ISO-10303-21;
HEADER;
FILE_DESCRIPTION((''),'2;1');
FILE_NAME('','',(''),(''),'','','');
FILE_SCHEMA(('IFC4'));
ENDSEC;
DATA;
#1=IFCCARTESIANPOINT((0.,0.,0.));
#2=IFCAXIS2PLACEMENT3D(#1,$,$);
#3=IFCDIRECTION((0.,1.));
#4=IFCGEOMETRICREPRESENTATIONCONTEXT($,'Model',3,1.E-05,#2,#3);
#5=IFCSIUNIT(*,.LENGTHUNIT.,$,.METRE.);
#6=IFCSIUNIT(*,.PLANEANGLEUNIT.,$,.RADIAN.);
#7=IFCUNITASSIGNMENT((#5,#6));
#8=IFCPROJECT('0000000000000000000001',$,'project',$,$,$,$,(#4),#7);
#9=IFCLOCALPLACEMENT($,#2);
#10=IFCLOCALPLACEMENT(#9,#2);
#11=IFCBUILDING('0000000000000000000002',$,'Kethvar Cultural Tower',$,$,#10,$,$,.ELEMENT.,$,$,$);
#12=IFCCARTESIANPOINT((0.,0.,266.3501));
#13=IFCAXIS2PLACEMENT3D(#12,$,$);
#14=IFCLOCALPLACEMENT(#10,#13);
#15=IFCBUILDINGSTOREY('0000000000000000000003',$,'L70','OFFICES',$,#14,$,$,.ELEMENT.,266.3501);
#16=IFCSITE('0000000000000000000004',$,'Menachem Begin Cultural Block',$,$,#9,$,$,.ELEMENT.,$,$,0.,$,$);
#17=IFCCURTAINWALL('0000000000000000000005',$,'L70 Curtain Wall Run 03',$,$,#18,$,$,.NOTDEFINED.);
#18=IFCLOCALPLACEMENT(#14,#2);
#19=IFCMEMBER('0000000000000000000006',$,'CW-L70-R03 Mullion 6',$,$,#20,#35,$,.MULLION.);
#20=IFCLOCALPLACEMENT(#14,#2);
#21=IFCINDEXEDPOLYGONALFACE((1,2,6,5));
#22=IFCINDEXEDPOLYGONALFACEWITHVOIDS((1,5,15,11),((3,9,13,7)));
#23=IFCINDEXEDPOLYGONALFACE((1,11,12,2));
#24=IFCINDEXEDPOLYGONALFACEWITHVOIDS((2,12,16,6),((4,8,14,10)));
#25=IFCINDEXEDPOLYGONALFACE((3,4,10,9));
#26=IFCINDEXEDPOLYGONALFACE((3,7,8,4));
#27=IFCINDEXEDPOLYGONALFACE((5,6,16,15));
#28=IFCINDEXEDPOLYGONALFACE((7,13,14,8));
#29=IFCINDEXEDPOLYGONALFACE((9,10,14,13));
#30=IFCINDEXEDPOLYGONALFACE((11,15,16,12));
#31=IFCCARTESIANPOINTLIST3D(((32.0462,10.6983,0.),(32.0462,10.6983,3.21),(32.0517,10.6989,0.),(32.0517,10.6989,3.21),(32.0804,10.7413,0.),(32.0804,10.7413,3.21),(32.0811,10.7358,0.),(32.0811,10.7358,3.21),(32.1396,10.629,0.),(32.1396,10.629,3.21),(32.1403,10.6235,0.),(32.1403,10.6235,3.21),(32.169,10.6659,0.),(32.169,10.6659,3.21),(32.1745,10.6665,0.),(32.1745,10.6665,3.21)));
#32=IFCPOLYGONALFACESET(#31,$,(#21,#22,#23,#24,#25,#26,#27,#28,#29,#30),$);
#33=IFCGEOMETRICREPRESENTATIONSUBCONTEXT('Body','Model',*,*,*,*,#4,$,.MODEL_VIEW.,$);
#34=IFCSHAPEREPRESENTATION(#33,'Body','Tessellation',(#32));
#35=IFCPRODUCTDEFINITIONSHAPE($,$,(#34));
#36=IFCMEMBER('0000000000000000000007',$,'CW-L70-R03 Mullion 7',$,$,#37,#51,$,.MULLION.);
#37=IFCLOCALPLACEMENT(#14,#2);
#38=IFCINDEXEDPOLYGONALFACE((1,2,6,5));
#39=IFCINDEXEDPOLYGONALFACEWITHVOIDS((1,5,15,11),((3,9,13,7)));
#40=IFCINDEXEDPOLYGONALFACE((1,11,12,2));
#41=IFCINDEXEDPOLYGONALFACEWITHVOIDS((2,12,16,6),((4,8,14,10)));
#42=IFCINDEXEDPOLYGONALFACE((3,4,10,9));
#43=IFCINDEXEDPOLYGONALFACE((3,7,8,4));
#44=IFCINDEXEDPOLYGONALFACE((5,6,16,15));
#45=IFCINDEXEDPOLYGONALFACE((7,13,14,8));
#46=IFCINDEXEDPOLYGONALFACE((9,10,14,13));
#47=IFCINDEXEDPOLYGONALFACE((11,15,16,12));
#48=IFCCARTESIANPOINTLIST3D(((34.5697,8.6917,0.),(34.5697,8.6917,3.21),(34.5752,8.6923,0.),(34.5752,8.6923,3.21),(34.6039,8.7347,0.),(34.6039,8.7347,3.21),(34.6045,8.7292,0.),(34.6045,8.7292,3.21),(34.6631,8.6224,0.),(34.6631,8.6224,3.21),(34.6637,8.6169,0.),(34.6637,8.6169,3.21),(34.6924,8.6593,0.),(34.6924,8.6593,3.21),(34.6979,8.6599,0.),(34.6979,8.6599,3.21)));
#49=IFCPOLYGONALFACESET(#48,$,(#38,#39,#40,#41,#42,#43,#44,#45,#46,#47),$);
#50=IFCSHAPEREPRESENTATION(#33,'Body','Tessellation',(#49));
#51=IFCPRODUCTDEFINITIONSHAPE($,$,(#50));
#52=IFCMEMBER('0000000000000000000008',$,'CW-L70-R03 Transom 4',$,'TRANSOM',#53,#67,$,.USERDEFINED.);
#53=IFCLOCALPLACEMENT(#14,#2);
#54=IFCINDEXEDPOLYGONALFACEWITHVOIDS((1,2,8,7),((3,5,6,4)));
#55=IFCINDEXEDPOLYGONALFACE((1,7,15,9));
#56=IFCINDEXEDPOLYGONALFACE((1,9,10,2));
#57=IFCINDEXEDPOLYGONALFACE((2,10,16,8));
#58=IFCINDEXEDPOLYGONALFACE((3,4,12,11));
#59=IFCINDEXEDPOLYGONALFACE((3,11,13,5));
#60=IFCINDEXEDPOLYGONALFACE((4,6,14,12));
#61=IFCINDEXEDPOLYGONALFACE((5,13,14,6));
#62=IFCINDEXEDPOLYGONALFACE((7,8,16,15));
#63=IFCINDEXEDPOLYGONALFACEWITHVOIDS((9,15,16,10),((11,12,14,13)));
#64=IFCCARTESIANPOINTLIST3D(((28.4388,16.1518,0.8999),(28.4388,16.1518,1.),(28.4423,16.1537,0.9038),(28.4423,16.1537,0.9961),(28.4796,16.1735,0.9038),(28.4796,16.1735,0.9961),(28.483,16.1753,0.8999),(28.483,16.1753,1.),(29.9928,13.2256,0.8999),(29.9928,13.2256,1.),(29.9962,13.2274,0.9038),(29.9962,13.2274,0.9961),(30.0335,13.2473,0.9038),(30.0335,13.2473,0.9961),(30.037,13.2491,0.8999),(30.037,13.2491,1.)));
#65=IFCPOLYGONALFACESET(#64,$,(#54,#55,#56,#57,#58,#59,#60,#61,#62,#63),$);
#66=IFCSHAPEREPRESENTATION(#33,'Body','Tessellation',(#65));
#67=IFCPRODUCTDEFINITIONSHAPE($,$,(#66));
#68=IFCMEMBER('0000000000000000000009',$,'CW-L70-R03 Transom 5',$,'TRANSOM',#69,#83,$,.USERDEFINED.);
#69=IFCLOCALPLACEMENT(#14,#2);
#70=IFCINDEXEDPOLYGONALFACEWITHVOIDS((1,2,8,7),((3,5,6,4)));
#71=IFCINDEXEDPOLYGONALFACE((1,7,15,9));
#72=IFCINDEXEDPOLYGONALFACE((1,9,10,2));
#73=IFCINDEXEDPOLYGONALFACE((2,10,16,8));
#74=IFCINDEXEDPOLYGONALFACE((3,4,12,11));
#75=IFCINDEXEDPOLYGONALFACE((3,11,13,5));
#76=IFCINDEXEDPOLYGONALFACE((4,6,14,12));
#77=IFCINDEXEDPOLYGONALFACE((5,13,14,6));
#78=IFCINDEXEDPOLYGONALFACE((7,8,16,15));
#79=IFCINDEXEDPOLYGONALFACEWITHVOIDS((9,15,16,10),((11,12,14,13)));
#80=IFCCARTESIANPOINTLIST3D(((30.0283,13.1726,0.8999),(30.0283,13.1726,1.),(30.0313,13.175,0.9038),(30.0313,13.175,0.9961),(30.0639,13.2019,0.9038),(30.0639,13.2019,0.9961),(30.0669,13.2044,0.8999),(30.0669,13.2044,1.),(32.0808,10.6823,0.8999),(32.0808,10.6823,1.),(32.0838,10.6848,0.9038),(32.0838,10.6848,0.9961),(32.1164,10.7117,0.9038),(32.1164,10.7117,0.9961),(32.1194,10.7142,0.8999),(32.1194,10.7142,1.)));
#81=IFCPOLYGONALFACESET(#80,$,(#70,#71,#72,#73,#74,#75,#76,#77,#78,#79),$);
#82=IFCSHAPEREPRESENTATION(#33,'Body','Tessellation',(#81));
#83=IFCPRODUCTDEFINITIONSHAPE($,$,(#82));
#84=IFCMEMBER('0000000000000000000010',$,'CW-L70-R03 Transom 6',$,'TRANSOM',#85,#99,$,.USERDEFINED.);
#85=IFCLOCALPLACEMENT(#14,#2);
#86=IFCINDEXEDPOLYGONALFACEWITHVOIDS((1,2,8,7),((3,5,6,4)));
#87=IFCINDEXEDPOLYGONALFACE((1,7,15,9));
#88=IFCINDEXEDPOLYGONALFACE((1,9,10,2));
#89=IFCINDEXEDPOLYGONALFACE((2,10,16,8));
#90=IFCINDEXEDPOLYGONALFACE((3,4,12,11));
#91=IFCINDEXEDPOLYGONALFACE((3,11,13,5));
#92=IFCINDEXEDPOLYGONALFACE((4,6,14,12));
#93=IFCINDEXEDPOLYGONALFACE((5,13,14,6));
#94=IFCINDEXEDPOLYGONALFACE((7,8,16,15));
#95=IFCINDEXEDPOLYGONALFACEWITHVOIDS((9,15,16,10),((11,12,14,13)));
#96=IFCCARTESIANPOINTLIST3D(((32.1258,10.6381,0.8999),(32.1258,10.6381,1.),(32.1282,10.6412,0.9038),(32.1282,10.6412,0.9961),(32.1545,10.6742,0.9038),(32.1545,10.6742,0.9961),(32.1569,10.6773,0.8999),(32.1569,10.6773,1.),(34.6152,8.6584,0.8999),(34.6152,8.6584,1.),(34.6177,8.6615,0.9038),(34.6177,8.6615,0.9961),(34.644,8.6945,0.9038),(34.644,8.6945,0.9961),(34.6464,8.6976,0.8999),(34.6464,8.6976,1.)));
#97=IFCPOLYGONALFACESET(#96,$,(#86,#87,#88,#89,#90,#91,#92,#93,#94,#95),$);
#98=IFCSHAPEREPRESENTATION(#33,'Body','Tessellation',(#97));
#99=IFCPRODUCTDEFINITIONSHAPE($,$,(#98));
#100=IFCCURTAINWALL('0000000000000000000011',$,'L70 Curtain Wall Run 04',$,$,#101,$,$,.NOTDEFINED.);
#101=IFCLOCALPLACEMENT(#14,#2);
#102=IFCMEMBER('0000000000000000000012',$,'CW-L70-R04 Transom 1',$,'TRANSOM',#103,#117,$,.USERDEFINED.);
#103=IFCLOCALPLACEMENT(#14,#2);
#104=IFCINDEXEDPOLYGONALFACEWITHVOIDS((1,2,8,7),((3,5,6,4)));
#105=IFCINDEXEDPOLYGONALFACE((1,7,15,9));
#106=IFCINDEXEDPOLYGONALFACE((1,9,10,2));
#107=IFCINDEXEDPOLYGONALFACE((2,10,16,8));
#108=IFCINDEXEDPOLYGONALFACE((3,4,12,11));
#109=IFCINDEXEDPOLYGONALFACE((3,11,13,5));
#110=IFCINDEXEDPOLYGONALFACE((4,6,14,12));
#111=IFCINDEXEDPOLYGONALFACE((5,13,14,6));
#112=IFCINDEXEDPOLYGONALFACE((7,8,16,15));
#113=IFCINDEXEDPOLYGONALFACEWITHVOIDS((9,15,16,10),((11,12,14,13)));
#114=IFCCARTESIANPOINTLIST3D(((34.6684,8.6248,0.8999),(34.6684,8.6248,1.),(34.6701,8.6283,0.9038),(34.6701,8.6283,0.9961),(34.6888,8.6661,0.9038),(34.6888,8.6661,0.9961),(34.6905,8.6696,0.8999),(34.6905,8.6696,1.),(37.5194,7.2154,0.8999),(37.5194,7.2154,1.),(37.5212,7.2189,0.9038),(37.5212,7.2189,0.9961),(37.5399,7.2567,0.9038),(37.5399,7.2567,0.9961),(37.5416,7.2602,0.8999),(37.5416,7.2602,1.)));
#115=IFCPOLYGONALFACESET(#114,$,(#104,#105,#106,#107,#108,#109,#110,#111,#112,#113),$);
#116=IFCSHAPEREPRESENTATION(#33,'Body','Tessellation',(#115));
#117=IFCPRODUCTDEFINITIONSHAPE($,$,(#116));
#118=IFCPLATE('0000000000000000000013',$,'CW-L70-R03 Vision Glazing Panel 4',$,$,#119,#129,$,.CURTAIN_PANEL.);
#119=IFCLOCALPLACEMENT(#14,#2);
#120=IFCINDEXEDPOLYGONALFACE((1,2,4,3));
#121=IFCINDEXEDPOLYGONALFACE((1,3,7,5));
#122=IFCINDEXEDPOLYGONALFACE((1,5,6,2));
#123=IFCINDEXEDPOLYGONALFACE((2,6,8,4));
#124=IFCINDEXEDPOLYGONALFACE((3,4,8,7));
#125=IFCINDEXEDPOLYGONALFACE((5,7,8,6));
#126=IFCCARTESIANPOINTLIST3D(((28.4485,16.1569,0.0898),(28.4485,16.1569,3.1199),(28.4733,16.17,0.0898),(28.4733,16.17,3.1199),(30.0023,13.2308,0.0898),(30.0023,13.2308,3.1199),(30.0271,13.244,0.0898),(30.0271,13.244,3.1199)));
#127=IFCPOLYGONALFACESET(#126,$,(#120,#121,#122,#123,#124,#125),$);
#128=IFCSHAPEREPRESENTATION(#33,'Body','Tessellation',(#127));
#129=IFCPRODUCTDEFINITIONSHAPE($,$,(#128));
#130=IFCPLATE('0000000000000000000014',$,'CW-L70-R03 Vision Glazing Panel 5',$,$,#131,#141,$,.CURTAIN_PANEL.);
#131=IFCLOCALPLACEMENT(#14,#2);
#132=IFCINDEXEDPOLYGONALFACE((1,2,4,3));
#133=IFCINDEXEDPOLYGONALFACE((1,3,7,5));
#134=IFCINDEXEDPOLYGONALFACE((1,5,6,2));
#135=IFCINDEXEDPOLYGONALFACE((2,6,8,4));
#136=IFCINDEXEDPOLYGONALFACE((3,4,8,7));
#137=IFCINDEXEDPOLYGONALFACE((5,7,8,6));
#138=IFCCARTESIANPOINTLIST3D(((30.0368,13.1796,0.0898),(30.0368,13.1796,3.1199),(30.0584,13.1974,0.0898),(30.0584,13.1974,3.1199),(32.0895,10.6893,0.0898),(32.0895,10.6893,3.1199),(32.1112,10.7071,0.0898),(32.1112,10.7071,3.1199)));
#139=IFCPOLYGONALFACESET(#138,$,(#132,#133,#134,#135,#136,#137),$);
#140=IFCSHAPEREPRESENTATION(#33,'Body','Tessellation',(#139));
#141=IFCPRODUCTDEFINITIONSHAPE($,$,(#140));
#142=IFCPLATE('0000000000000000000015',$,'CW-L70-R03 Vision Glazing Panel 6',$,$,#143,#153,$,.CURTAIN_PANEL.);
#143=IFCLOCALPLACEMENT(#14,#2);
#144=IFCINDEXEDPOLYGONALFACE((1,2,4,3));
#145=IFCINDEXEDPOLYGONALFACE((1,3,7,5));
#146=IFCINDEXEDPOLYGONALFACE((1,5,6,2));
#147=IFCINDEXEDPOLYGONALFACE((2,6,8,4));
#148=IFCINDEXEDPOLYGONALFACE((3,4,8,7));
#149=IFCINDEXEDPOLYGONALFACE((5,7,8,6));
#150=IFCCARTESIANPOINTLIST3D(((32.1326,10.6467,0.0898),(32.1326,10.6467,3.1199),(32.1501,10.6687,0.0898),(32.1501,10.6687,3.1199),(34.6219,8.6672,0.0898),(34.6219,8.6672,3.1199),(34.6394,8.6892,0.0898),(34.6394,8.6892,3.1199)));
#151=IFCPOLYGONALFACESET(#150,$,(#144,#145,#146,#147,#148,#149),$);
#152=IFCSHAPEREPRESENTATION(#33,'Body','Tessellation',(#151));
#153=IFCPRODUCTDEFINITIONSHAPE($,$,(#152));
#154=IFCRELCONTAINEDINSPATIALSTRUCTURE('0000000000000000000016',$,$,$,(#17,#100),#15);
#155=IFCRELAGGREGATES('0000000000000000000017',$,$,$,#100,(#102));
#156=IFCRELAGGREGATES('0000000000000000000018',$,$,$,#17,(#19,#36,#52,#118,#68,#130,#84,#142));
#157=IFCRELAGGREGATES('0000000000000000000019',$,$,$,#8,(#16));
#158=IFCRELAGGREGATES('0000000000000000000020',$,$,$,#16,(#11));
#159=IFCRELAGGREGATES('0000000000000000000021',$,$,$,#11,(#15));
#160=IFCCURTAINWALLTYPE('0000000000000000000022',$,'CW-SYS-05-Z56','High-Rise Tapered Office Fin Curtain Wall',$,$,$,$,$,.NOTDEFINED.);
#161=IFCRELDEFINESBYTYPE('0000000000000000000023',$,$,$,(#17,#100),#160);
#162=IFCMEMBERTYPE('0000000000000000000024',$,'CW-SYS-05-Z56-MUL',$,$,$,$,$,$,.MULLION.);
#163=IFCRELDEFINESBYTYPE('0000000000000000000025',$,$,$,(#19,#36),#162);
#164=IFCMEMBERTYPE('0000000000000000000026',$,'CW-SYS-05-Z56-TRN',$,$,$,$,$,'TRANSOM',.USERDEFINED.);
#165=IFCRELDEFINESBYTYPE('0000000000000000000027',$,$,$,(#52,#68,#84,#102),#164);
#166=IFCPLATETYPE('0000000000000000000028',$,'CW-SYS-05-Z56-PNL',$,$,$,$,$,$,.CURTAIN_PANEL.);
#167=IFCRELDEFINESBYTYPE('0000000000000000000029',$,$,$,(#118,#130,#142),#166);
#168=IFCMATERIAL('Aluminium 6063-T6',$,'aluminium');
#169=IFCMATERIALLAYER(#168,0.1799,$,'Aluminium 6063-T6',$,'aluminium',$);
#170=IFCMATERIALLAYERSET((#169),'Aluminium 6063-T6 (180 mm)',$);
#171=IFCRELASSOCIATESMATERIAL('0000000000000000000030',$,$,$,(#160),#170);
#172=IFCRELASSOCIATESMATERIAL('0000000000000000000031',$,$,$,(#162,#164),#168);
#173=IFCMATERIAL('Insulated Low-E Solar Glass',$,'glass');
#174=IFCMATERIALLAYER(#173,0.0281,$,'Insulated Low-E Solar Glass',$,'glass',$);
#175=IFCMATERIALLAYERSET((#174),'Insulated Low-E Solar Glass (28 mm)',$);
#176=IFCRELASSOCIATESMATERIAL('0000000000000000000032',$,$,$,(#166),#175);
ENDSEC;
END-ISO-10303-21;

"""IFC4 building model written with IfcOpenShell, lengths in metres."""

from ifc_helpers import new_model, si_unit, direction, frame, origin, origin_2d, place, context, subcontext, project, spatial, rectangle, hollow_rectangle, extrude, source, transform, mapped, material, layer, layer_set, material_profile, profile_set, type_object, element, aggregate, save


model = new_model("IFC4")

# Units and contexts
model_context = context("Model", 3, precision=1e-05, world=origin(), true_north=direction((0.0, 1.0)))
body_context = subcontext(model_context, "Body", "Model", "MODEL_VIEW")
ifc_project = project(units=[si_unit("LENGTHUNIT", "METRE"), si_unit("PLANEANGLEUNIT", "RADIAN")], contexts=[model_context])

# Site, building, storey
site_placement = place(None, origin())
site = spatial("IfcSite", under=ifc_project, at=site_placement, Name="Menachem Begin Cultural Block", CompositionType="ELEMENT", RefElevation=0.0)
building_placement = place(site_placement, origin())
building = spatial("IfcBuilding", under=site, at=building_placement, Name="Kethvar Cultural Tower", CompositionType="ELEMENT")
storey_placement = place(building_placement, frame((0.0, 0.0, 266.3501)))
storey = spatial("IfcBuildingStorey", under=building, at=storey_placement, Name="L70", Description="OFFICES", CompositionType="ELEMENT", Elevation=266.3501)

# Curtain wall, members
ifc_material_1 = material(Name="Aluminium 6063-T6", Category="aluminium")
ifc_layer_1 = layer(ifc_material_1, 0.1799, Name="Aluminium 6063-T6", Category="aluminium")
ifc_layer_set_1 = layer_set([ifc_layer_1], Name="Aluminium 6063-T6 (180 mm)")
curtain_wall_type = type_object("IfcCurtainWallType", Name="CW-SYS-05-Z56", Description="High-Rise Tapered Office Fin Curtain Wall", PredefinedType="NOTDEFINED", material=ifc_layer_set_1)
curtain_wall_1_placement = place(storey_placement, origin())
curtain_wall_1 = element("IfcCurtainWall", 1, at=curtain_wall_1_placement, inside=storey, type_object=curtain_wall_type, Name="L70 Curtain Wall Run 03", PredefinedType="NOTDEFINED")
ifc_material_profile_1 = material_profile(ifc_material_1, hollow_rectangle(XDim=0.0549, YDim=0.1201, WallThickness=0.0039, at=origin_2d()), Name="Aluminium 6063-T6 — RHS120x55x4")
ifc_profile_set_1 = profile_set([ifc_material_profile_1], Name="Aluminium 6063-T6 — RHS120x55x4")
member_type_1 = type_object("IfcMemberType", Name="CW-SYS-05-Z56-MUL", PredefinedType="MULLION", material=ifc_profile_set_1)
shared_shape_1 = source(origin(), body_context, "Body", "SweptSolid", [
    extrude(hollow_rectangle(XDim=0.0549, YDim=0.1201, WallThickness=0.0039, at=origin_2d()), origin(), (0.0, 0.0, 1.0), 3.21),
])
member_1_placement = place(storey_placement, frame((32.1104, 10.6824, 0.0), z_axis=(0.0, 0.0, 1.0), x_axis=(0.622392, 0.782706, 0.0)))
member_1 = element("IfcMember", 2, at=member_1_placement, type_object=member_type_1, Name="CW-L70-R03 Mullion 6", PredefinedType="MULLION", context=body_context, shape_type="MappedRepresentation", body=[
    mapped(shared_shape_1, transform((0.0, 0.0, 0.0), scale=1.0)),
])
member_2_placement = place(storey_placement, frame((34.6338, 8.6758, 0.0), z_axis=(0.0, 0.0, 1.0), x_axis=(0.622392, 0.782706, 0.0)))
member_2 = element("IfcMember", 3, at=member_2_placement, type_object=member_type_1, Name="CW-L70-R03 Mullion 7", PredefinedType="MULLION", context=body_context, shape_type="MappedRepresentation", body=[
    mapped(shared_shape_1, transform((0.0, 0.0, 0.0), scale=1.0)),
])
ifc_material_profile_2 = material_profile(ifc_material_1, hollow_rectangle(XDim=0.05, YDim=0.1001, WallThickness=0.0039, at=origin_2d()), Name="Aluminium 6063-T6 — RHS100x50x4")
ifc_profile_set_2 = profile_set([ifc_material_profile_2], Name="Aluminium 6063-T6 — RHS100x50x4")
member_type_2 = type_object("IfcMemberType", Name="CW-SYS-05-Z56-TRN", ElementType="TRANSOM", PredefinedType="USERDEFINED", material=ifc_profile_set_2)
shared_shape_2 = source(origin(), body_context, "Body", "SweptSolid", [
    extrude(hollow_rectangle(XDim=0.05, YDim=0.1001, WallThickness=0.0039, at=origin_2d()), origin(), (0.0, 0.0, 1.0), 3.3132),
])
member_3_placement = place(storey_placement, frame((28.4609, 16.1636, 0.95), z_axis=(0.469008, -0.883194, 0.0), x_axis=(0.883194, 0.469008, 0.0)))
member_3 = element("IfcMember", 4, at=member_3_placement, type_object=member_type_2, Name="CW-L70-R03 Transom 4", ObjectType="TRANSOM", PredefinedType="USERDEFINED", context=body_context, shape_type="MappedRepresentation", body=[
    mapped(shared_shape_2, transform((0.0, 0.0, 0.0), scale=1.0)),
])
shared_shape_3 = source(origin(), body_context, "Body", "SweptSolid", [
    extrude(hollow_rectangle(XDim=0.05, YDim=0.1001, WallThickness=0.0039, at=origin_2d()), origin(), (0.0, 0.0, 1.0), 3.2271),
])
member_4_placement = place(storey_placement, frame((30.0476, 13.1885, 0.95), z_axis=(0.636023, -0.77167, 0.0), x_axis=(0.77167, 0.636023, 0.0)))
member_4 = element("IfcMember", 5, at=member_4_placement, type_object=member_type_2, Name="CW-L70-R03 Transom 5", ObjectType="TRANSOM", PredefinedType="USERDEFINED", context=body_context, shape_type="MappedRepresentation", body=[
    mapped(shared_shape_3, transform((0.0, 0.0, 0.0), scale=1.0)),
])
shared_shape_4 = source(origin(), body_context, "Body", "SweptSolid", [
    extrude(hollow_rectangle(XDim=0.05, YDim=0.1001, WallThickness=0.0039, at=origin_2d()), origin(), (0.0, 0.0, 1.0), 3.1807),
])
member_5_placement = place(storey_placement, frame((32.1414, 10.6577, 0.95), z_axis=(0.782685, -0.622418, 0.0), x_axis=(0.622418, 0.782685, 0.0)))
member_5 = element("IfcMember", 6, at=member_5_placement, type_object=member_type_2, Name="CW-L70-R03 Transom 6", ObjectType="TRANSOM", PredefinedType="USERDEFINED", context=body_context, shape_type="MappedRepresentation", body=[
    mapped(shared_shape_4, transform((0.0, 0.0, 0.0), scale=1.0)),
])

# Curtain wall, member
curtain_wall_2_placement = place(storey_placement, origin())
curtain_wall_2 = element("IfcCurtainWall", 7, at=curtain_wall_2_placement, inside=storey, type_object=curtain_wall_type, Name="L70 Curtain Wall Run 04", PredefinedType="NOTDEFINED")
shared_shape_5 = source(origin(), body_context, "Body", "SweptSolid", [
    extrude(hollow_rectangle(XDim=0.05, YDim=0.1001, WallThickness=0.0039, at=origin_2d()), origin(), (0.0, 0.0, 1.0), 3.1804),
])
member_6_placement = place(storey_placement, frame((34.6794, 8.6472, 0.95), z_axis=(0.896445, -0.443156, 0.0), x_axis=(0.443156, 0.896445, 0.0)))
member_6 = element("IfcMember", 8, at=member_6_placement, type_object=member_type_2, Name="CW-L70-R04 Transom 1", ObjectType="TRANSOM", PredefinedType="USERDEFINED", context=body_context, shape_type="MappedRepresentation", body=[
    mapped(shared_shape_5, transform((0.0, 0.0, 0.0), scale=1.0)),
])
aggregate(curtain_wall_2, [member_6])

# Plates
ifc_material_2 = material(Name="Insulated Low-E Solar Glass", Category="glass")
ifc_layer_2 = layer(ifc_material_2, 0.0281, Name="Insulated Low-E Solar Glass", Category="glass")
ifc_layer_set_2 = layer_set([ifc_layer_2], Name="Insulated Low-E Solar Glass (28 mm)")
plate_type = type_object("IfcPlateType", Name="CW-SYS-05-Z56-PNL", PredefinedType="CURTAIN_PANEL", material=ifc_layer_set_2)
shared_shape_6 = source(origin(), body_context, "Body", "SweptSolid", [
    extrude(rectangle(XDim=3.313, YDim=0.0281, at=origin_2d()), origin(), (0.0, 0.0, 1.0), 3.03),
])
plate_1_placement = place(storey_placement, frame((29.2378, 14.7004, 0.0898), z_axis=(0.0, 0.0, 1.0), x_axis=(0.468994, -0.883201, 0.0)))
plate_1 = element("IfcPlate", 9, at=plate_1_placement, type_object=plate_type, Name="CW-L70-R03 Vision Glazing Panel 4", PredefinedType="CURTAIN_PANEL", context=body_context, shape_type="MappedRepresentation", body=[
    mapped(shared_shape_6, transform((0.0, 0.0, 0.0), scale=1.0)),
])
shared_shape_7 = source(origin(), body_context, "Body", "SweptSolid", [
    extrude(rectangle(XDim=3.2273, YDim=0.0281, at=origin_2d()), origin(), (0.0, 0.0, 1.0), 3.03),
])
plate_2_placement = place(storey_placement, frame((31.074, 11.9434, 0.0898), z_axis=(0.0, 0.0, 1.0), x_axis=(0.636065, -0.771636, 0.0)))
plate_2 = element("IfcPlate", 10, at=plate_2_placement, type_object=plate_type, Name="CW-L70-R03 Vision Glazing Panel 5", PredefinedType="CURTAIN_PANEL", context=body_context, shape_type="MappedRepresentation", body=[
    mapped(shared_shape_7, transform((0.0, 0.0, 0.0), scale=1.0)),
])
shared_shape_8 = source(origin(), body_context, "Body", "SweptSolid", [
    extrude(rectangle(XDim=3.1804, YDim=0.0281, at=origin_2d()), origin(), (0.0, 0.0, 1.0), 3.03),
])
plate_3_placement = place(storey_placement, frame((33.386, 9.668, 0.0898), z_axis=(0.0, 0.0, 1.0), x_axis=(0.782706, -0.622392, 0.0)))
plate_3 = element("IfcPlate", 11, at=plate_3_placement, type_object=plate_type, Name="CW-L70-R03 Vision Glazing Panel 6", PredefinedType="CURTAIN_PANEL", context=body_context, shape_type="MappedRepresentation", body=[
    mapped(shared_shape_8, transform((0.0, 0.0, 0.0), scale=1.0)),
])
aggregate(curtain_wall_1, [member_1, member_2, member_3, plate_1, member_4, plate_2, member_5, plate_3])

save(model, "model.ifc")
